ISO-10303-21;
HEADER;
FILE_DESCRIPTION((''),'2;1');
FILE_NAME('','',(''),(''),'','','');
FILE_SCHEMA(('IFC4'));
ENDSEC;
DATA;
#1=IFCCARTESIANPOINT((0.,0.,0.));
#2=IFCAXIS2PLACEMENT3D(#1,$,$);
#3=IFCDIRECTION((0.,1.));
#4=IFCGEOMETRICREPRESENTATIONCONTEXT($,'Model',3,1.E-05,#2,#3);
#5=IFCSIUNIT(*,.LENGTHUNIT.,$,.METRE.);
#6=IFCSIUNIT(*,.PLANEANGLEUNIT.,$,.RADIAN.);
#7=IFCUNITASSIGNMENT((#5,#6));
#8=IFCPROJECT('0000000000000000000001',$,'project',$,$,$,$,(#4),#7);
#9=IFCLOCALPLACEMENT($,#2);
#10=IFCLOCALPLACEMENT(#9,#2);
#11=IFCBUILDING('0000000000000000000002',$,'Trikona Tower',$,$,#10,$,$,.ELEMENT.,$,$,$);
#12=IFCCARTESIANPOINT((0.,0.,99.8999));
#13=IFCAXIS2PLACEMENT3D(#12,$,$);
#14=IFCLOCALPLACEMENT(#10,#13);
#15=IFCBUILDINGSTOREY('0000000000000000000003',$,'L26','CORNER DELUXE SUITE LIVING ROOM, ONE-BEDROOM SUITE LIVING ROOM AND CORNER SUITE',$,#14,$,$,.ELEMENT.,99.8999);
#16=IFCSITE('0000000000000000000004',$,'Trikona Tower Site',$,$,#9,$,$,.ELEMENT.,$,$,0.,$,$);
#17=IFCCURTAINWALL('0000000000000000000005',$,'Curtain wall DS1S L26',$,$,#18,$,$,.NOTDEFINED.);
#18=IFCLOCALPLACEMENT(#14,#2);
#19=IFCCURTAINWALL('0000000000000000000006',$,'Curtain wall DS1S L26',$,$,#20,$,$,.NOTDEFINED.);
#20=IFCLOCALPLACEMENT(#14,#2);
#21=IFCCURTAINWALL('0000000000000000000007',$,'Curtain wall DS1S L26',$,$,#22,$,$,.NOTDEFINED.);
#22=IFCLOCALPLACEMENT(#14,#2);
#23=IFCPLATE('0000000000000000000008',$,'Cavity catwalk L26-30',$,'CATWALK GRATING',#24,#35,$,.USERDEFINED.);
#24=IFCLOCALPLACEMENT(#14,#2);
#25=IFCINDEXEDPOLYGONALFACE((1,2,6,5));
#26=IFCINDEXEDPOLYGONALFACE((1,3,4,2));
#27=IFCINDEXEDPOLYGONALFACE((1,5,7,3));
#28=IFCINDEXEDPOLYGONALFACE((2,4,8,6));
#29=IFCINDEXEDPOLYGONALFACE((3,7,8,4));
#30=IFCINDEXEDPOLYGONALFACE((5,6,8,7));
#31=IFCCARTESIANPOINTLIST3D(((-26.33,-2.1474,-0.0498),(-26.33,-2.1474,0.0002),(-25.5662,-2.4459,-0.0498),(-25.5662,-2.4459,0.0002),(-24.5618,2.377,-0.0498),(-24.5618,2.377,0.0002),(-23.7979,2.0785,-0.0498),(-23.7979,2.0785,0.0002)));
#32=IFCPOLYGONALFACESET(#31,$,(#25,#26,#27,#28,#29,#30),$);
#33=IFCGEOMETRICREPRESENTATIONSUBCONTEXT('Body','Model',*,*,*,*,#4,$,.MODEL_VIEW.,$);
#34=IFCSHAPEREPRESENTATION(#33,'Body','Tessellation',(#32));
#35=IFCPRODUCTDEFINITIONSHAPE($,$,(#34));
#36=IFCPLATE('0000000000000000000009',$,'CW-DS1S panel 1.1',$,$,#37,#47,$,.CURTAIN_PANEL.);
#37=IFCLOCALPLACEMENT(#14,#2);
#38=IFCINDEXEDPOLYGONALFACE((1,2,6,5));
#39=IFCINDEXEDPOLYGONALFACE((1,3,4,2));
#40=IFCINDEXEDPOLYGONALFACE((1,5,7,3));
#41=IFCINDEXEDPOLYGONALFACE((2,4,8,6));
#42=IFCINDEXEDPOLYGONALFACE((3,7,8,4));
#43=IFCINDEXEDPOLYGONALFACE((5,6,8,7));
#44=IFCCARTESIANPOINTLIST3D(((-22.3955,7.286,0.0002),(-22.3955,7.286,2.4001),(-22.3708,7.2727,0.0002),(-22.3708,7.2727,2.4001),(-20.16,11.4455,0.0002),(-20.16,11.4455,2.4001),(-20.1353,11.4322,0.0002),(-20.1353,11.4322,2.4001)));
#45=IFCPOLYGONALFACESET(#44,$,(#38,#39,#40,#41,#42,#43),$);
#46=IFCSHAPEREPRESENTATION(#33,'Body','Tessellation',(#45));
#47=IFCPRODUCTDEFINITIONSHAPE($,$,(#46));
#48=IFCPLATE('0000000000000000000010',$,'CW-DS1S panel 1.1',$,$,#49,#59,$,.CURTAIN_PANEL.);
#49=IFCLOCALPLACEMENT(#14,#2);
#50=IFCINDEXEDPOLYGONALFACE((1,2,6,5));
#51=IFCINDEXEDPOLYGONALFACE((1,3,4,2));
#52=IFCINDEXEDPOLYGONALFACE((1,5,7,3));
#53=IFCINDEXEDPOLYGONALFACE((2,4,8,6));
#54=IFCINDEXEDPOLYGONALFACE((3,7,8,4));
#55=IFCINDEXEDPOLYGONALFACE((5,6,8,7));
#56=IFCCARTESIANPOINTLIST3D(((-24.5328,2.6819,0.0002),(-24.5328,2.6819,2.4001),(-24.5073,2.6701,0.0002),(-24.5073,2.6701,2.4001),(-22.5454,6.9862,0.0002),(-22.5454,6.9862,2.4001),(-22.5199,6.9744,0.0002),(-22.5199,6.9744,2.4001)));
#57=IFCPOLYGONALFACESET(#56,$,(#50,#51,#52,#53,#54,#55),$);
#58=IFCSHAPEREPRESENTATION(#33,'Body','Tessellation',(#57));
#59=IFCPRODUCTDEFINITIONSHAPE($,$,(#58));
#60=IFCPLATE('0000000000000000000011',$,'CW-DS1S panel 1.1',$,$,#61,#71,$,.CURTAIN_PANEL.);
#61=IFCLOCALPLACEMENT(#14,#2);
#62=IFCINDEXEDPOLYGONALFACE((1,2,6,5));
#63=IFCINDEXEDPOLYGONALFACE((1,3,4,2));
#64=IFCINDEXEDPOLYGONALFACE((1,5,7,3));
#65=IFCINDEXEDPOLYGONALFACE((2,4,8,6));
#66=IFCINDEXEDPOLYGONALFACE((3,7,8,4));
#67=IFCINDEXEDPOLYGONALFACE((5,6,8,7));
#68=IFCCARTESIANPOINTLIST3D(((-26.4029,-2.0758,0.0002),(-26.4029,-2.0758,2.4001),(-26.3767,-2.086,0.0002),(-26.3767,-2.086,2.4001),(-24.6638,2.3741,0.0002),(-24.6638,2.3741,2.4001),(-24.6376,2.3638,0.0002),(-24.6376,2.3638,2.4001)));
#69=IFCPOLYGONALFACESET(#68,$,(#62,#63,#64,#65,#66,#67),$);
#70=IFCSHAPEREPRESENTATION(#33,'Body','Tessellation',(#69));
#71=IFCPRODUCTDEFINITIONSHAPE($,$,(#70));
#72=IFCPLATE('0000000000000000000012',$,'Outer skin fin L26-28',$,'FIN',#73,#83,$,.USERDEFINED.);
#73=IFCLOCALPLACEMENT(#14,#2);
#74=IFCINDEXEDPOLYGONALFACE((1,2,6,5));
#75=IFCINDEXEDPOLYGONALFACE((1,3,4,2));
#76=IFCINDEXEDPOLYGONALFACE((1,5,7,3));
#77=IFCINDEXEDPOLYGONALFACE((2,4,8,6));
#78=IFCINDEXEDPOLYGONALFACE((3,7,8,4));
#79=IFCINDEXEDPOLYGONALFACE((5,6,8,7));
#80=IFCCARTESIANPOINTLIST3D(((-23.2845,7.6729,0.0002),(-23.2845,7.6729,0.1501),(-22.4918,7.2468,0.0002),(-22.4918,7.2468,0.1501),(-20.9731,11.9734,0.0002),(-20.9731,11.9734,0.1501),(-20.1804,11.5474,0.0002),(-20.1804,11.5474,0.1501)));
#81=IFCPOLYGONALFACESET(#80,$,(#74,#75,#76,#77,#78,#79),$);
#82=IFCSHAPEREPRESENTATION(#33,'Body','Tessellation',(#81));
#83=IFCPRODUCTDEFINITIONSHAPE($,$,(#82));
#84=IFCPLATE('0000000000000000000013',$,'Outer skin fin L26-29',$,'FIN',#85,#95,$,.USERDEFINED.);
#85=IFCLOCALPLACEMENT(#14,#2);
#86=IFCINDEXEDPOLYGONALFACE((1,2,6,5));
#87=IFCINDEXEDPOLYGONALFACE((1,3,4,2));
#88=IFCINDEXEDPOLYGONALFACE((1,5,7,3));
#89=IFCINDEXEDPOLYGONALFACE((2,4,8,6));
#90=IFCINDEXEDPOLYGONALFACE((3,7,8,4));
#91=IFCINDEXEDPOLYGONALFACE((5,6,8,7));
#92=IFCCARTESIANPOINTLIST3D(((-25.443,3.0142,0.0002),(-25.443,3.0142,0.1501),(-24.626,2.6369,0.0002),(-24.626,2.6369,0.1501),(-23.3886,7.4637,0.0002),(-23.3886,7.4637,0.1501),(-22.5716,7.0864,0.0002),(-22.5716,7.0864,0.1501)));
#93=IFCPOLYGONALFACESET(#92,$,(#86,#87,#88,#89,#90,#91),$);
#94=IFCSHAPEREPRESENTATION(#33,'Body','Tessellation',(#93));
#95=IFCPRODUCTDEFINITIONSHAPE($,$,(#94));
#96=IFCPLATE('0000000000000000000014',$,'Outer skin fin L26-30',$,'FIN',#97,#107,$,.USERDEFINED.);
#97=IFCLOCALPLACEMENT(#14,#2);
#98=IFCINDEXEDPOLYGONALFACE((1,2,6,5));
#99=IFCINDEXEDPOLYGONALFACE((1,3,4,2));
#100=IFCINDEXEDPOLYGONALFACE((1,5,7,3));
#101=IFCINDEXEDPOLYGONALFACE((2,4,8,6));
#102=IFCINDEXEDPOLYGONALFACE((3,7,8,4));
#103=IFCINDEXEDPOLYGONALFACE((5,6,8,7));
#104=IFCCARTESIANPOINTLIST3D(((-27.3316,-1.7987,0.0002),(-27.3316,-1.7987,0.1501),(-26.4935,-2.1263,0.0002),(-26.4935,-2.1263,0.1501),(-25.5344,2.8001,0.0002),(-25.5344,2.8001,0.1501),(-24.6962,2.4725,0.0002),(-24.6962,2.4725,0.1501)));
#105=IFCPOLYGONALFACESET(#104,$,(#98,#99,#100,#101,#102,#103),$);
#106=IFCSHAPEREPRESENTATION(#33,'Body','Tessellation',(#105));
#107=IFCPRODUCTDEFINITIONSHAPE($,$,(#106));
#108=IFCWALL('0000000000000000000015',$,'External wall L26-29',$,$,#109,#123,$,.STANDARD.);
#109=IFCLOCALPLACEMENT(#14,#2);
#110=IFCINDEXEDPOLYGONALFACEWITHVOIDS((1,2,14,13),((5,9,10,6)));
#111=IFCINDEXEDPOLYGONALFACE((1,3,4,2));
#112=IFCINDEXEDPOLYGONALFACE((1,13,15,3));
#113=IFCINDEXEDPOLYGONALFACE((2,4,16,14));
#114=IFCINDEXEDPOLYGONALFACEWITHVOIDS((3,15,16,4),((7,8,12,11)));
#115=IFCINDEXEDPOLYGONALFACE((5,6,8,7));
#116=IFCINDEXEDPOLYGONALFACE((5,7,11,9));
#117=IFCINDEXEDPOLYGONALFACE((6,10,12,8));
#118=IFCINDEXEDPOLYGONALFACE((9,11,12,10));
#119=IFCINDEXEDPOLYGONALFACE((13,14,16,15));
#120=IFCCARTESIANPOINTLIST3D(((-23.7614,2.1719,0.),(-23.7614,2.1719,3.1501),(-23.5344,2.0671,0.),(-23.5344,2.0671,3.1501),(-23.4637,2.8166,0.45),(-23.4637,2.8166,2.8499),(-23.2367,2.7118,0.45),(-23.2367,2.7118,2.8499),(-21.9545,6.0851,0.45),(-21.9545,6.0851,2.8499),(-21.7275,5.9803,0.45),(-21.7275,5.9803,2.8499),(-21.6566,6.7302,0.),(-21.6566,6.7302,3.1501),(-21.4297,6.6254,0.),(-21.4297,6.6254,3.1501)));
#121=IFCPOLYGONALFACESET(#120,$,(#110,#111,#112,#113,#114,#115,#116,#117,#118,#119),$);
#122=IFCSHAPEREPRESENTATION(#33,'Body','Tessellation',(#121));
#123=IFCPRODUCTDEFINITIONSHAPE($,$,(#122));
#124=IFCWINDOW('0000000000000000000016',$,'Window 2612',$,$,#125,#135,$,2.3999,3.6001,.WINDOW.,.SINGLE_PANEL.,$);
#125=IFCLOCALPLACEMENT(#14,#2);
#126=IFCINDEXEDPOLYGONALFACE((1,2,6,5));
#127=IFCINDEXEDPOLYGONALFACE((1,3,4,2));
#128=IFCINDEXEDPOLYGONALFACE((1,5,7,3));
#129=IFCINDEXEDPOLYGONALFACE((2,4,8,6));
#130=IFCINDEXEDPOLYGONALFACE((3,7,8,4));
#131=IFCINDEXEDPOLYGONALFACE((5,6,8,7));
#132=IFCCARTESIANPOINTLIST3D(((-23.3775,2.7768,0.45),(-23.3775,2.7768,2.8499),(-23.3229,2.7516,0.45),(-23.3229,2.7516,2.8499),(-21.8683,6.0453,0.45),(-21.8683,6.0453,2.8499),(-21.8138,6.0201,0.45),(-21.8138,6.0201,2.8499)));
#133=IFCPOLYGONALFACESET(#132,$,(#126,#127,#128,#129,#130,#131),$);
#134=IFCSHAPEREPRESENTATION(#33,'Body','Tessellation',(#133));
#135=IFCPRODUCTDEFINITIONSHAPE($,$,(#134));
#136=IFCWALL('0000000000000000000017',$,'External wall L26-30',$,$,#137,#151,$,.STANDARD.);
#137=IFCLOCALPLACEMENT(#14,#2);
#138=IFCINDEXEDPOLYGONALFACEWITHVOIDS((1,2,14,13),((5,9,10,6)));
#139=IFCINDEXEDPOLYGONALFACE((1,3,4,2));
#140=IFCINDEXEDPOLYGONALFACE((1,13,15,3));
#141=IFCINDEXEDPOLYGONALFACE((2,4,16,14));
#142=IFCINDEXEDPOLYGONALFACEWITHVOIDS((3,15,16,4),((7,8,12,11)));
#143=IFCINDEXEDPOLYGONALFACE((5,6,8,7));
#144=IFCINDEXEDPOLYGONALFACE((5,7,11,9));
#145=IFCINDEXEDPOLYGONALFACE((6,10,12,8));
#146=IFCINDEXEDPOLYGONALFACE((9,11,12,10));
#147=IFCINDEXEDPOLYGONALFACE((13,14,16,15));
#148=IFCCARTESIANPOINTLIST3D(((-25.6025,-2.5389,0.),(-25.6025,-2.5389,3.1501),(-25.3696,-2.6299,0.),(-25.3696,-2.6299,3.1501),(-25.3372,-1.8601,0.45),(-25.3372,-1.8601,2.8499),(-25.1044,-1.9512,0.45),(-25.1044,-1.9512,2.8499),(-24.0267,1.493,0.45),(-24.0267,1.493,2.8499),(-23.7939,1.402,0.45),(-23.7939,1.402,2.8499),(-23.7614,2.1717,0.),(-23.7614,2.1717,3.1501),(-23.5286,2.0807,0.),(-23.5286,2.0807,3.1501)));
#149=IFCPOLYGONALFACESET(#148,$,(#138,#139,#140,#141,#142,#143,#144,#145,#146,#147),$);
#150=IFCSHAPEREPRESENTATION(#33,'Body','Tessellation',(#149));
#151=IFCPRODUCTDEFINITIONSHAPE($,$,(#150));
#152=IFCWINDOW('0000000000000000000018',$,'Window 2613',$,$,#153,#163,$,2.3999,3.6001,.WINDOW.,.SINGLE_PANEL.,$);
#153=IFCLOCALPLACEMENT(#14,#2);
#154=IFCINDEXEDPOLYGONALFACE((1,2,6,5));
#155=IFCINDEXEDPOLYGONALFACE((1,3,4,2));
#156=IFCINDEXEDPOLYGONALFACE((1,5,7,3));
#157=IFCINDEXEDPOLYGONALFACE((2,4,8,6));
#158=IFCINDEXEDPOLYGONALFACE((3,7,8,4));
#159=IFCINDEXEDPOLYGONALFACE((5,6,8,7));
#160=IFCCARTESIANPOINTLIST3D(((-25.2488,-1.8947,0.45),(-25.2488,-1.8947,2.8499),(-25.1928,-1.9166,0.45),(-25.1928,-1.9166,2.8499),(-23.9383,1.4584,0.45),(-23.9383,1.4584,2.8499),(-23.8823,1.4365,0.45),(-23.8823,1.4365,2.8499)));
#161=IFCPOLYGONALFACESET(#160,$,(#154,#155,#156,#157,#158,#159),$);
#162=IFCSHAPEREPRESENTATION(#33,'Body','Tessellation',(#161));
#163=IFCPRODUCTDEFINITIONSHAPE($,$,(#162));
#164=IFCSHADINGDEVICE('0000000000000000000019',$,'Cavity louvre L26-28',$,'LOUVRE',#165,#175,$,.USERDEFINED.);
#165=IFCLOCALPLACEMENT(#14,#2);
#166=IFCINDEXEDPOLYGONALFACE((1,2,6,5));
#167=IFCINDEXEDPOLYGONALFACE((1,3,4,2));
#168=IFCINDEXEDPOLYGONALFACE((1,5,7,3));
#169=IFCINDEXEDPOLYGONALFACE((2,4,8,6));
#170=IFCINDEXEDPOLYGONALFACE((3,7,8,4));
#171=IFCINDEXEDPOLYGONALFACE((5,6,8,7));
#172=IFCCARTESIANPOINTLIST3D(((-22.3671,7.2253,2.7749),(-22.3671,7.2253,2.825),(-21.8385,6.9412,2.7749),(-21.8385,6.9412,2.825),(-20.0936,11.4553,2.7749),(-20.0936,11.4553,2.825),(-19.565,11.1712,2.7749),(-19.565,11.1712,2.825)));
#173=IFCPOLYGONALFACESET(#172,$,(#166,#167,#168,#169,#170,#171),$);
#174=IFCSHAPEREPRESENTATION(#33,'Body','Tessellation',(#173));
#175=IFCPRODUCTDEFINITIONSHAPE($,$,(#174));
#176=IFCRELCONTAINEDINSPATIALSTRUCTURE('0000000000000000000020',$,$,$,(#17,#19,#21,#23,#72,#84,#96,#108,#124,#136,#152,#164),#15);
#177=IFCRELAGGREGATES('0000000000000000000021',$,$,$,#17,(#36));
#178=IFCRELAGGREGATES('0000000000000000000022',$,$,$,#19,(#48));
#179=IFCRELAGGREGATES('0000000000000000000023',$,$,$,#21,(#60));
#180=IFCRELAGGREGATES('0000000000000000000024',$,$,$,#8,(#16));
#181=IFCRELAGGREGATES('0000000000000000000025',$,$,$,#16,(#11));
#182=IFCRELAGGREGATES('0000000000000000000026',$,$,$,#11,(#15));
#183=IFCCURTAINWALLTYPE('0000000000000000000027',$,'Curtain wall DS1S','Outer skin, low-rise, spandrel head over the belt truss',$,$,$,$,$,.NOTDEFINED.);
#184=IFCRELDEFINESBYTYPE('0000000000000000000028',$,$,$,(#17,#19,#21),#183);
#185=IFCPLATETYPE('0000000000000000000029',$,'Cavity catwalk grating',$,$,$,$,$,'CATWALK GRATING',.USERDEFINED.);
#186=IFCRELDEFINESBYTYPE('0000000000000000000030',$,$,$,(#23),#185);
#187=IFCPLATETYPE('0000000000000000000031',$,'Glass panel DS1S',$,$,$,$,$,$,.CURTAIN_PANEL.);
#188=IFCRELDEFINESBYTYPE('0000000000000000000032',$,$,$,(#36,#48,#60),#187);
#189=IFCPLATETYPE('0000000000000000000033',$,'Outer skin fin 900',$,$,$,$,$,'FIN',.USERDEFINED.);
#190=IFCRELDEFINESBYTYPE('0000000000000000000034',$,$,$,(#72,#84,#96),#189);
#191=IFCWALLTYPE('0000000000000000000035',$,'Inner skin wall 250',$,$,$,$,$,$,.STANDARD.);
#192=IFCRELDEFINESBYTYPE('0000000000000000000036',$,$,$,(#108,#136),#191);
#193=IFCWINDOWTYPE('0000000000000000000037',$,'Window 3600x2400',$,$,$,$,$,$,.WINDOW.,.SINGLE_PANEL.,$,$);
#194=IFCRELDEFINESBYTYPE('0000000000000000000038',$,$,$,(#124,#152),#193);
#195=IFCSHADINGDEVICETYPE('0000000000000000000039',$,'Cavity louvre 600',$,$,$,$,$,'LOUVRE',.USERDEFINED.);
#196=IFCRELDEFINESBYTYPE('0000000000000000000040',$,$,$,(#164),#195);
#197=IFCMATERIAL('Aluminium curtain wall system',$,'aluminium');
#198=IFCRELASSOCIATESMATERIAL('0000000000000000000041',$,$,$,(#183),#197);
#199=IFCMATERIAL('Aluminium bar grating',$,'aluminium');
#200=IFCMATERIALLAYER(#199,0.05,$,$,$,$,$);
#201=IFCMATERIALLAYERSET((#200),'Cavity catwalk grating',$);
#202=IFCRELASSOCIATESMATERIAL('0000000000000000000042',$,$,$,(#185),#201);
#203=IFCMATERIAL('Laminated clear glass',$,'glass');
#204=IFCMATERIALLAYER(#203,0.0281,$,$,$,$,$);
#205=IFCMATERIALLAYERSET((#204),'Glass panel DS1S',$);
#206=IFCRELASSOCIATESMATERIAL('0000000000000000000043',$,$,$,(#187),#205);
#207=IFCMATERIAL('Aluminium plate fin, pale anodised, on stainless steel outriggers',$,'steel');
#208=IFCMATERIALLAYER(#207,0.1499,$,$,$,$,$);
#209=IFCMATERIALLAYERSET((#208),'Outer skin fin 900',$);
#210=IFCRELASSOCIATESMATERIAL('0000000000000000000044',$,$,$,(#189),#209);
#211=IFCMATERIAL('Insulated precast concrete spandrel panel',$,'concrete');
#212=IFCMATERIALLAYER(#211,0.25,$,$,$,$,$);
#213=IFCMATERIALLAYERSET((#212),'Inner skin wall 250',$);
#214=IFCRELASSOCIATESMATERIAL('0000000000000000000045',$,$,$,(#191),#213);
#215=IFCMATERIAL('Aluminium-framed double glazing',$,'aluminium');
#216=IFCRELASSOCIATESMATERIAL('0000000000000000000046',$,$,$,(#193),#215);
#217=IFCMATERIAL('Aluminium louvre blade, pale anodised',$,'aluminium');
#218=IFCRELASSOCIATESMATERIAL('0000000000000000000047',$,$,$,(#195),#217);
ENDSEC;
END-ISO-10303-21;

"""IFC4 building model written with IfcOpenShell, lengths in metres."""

from ifc_helpers import new_model, si_unit, direction, frame, frame_2d, origin, origin_2d, place, context, subcontext, project, spatial, rectangle, extrude, material, layer, layer_set, type_object, element, fill, aggregate, save


model = new_model("IFC4")

# Units and contexts
model_context = context("Model", 3, precision=1e-05, world=origin(), true_north=direction((0.0, 1.0)))
body_context = subcontext(model_context, "Body", "Model", "MODEL_VIEW")
ifc_project = project(units=[si_unit("LENGTHUNIT", "METRE"), si_unit("PLANEANGLEUNIT", "RADIAN")], contexts=[model_context])

# Site, building, storey
site_placement = place(None, origin())
site = spatial("IfcSite", under=ifc_project, at=site_placement, Name="Trikona Tower Site", CompositionType="ELEMENT", RefElevation=0.0)
building_placement = place(site_placement, origin())
building = spatial("IfcBuilding", under=site, at=building_placement, Name="Trikona Tower", CompositionType="ELEMENT")
storey_placement = place(building_placement, frame((0.0, 0.0, 99.8999)))
storey = spatial("IfcBuildingStorey", under=building, at=storey_placement, Name="L26", Description="CORNER DELUXE SUITE LIVING ROOM, ONE-BEDROOM SUITE LIVING ROOM AND CORNER SUITE", CompositionType="ELEMENT", Elevation=99.8999)

# Curtain walls
ifc_material_1 = material(Name="Aluminium curtain wall system", Category="aluminium")
curtain_wall_type = type_object("IfcCurtainWallType", Name="Curtain wall DS1S", Description="Outer skin, low-rise, spandrel head over the belt truss", PredefinedType="NOTDEFINED", material=ifc_material_1)
curtain_wall_1_placement = place(storey_placement, origin())
curtain_wall_1 = element("IfcCurtainWall", 1, at=curtain_wall_1_placement, inside=storey, type_object=curtain_wall_type, Name="Curtain wall DS1S L26", PredefinedType="NOTDEFINED")
curtain_wall_2_placement = place(storey_placement, origin())
curtain_wall_2 = element("IfcCurtainWall", 2, at=curtain_wall_2_placement, inside=storey, type_object=curtain_wall_type, Name="Curtain wall DS1S L26", PredefinedType="NOTDEFINED")

# Curtain wall
curtain_wall_3_placement = place(storey_placement, origin())
curtain_wall_3 = element("IfcCurtainWall", 3, at=curtain_wall_3_placement, inside=storey, type_object=curtain_wall_type, Name="Curtain wall DS1S L26", PredefinedType="NOTDEFINED")

# Plate
ifc_material_2 = material(Name="Aluminium bar grating", Category="aluminium")
ifc_layer_1 = layer(ifc_material_2, 0.05)
ifc_layer_set_1 = layer_set([ifc_layer_1], Name="Cavity catwalk grating")
plate_type_1 = type_object("IfcPlateType", Name="Cavity catwalk grating", ElementType="CATWALK GRATING", PredefinedType="USERDEFINED", material=ifc_layer_set_1)
plate_1_placement = place(storey_placement, frame((-25.064, -0.0344, -0.0498), z_axis=(0.0, 0.0, 1.0), x_axis=(-0.364009, -0.931395, 0.0)))
element("IfcPlate", 4, at=plate_1_placement, inside=storey, type_object=plate_type_1, Name="Cavity catwalk L26-30", ObjectType="CATWALK GRATING", PredefinedType="USERDEFINED", context=body_context, shape_type="SweptSolid", body=[
    extrude(rectangle(XDim=4.8577, YDim=0.8201, at=origin_2d()), origin(), (0.0, 0.0, 1.0), 0.05),
])

# Plates
ifc_material_3 = material(Name="Laminated clear glass", Category="glass")
ifc_layer_2 = layer(ifc_material_3, 0.0281)
ifc_layer_set_2 = layer_set([ifc_layer_2], Name="Glass panel DS1S")
plate_type_2 = type_object("IfcPlateType", Name="Glass panel DS1S", PredefinedType="CURTAIN_PANEL", material=ifc_layer_set_2)
plate_2_placement = place(storey_placement, frame((-21.2654, 9.3591, 0.0002), z_axis=(0.0, 0.0, 1.0), x_axis=(-0.473408, -0.880843, 0.0)))
plate_2 = element("IfcPlate", 5, at=plate_2_placement, type_object=plate_type_2, Name="CW-DS1S panel 1.1", PredefinedType="CURTAIN_PANEL", context=body_context, shape_type="SweptSolid", body=[
    extrude(rectangle(XDim=4.7222, YDim=0.0281, at=origin_2d()), origin(), (0.0, 0.0, 1.0), 2.3999),
])
aggregate(curtain_wall_1, [plate_2])
plate_3_placement = place(storey_placement, frame((-23.5264, 4.8281, 0.0002), z_axis=(0.0, 0.0, 1.0), x_axis=(-0.41919, -0.907898, 0.0)))
plate_3 = element("IfcPlate", 6, at=plate_3_placement, type_object=plate_type_2, Name="CW-DS1S panel 1.1", PredefinedType="CURTAIN_PANEL", context=body_context, shape_type="SweptSolid", body=[
    extrude(rectangle(XDim=4.741, YDim=0.0281, at=origin_2d()), origin(), (0.0, 0.0, 1.0), 2.3999),
])
aggregate(curtain_wall_2, [plate_3])
plate_4_placement = place(storey_placement, frame((-25.5203, 0.144, 0.0002), z_axis=(0.0, 0.0, 1.0), x_axis=(-0.364008, -0.931396, 0.0)))
plate_4 = element("IfcPlate", 7, at=plate_4_placement, type_object=plate_type_2, Name="CW-DS1S panel 1.1", PredefinedType="CURTAIN_PANEL", context=body_context, shape_type="SweptSolid", body=[
    extrude(rectangle(XDim=4.7776, YDim=0.0281, at=origin_2d()), origin(), (0.0, 0.0, 1.0), 2.3999),
])
aggregate(curtain_wall_3, [plate_4])

# Plates
ifc_material_4 = material(Name="Aluminium plate fin, pale anodised, on stainless steel outriggers", Category="steel")
ifc_layer_3 = layer(ifc_material_4, 0.1499)
ifc_layer_set_3 = layer_set([ifc_layer_3], Name="Outer skin fin 900")
plate_type_3 = type_object("IfcPlateType", Name="Outer skin fin 900", ElementType="FIN", PredefinedType="USERDEFINED", material=ifc_layer_set_3)
plate_5_placement = place(storey_placement, frame((-21.7324, 9.6101, 0.0002), z_axis=(0.0, 0.0, 1.0), x_axis=(-0.473423, -0.880835, 0.0)))
element("IfcPlate", 8, at=plate_5_placement, inside=storey, type_object=plate_type_3, Name="Outer skin fin L26-28", ObjectType="FIN", PredefinedType="USERDEFINED", context=body_context, shape_type="SweptSolid", body=[
    extrude(rectangle(XDim=4.8823, YDim=0.8999, at=origin_2d()), origin(), (0.0, 0.0, 1.0), 0.1499),
])
plate_6_placement = place(storey_placement, frame((-24.0073, 5.0503, 0.0002), z_axis=(0.0, 0.0, 1.0), x_axis=(-0.419194, -0.907897, 0.0)))
element("IfcPlate", 9, at=plate_6_placement, inside=storey, type_object=plate_type_3, Name="Outer skin fin L26-29", ObjectType="FIN", PredefinedType="USERDEFINED", context=body_context, shape_type="SweptSolid", body=[
    extrude(rectangle(XDim=4.9009, YDim=0.8999, at=origin_2d()), origin(), (0.0, 0.0, 1.0), 0.1499),
])
plate_7_placement = place(storey_placement, frame((-26.0139, 0.3369, 0.0002), z_axis=(0.0, 0.0, 1.0), x_axis=(-0.364009, -0.931395, 0.0)))
element("IfcPlate", 10, at=plate_7_placement, inside=storey, type_object=plate_type_3, Name="Outer skin fin L26-30", ObjectType="FIN", PredefinedType="USERDEFINED", context=body_context, shape_type="SweptSolid", body=[
    extrude(rectangle(XDim=4.9375, YDim=0.8999, at=origin_2d()), origin(), (0.0, 0.0, 1.0), 0.1499),
])

# Walls, openings, windows
ifc_material_5 = material(Name="Insulated precast concrete spandrel panel", Category="concrete")
ifc_layer_4 = layer(ifc_material_5, 0.25)
ifc_layer_set_4 = layer_set([ifc_layer_4], Name="Inner skin wall 250")
wall_type = type_object("IfcWallType", Name="Inner skin wall 250", PredefinedType="STANDARD", material=ifc_layer_set_4)
wall_1_placement = place(storey_placement, frame((-21.5432, 6.6777, 0.0), z_axis=(0.0, 0.0, 1.0), x_axis=(-0.419203, -0.907892, 0.0)))
wall_1 = element("IfcWall", 11, at=wall_1_placement, inside=storey, type_object=wall_type, Name="External wall L26-29", PredefinedType="STANDARD", context=body_context, shape_type="SweptSolid", body=[
    extrude(rectangle(XDim=5.0208, YDim=0.25, at=frame_2d((2.5103, 0.0))), origin(), (0.0, 0.0, 1.0), 3.1501),
])
opening_1_placement = place(wall_1_placement, frame((0.7104, 0.0, 0.45)))
opening_1 = element("IfcOpeningElement", 12, at=opening_1_placement, cuts=wall_1, PredefinedType="OPENING", context=body_context, shape_type="SweptSolid", body=[
    extrude(rectangle(XDim=3.6001, YDim=2.3999, at=frame_2d((1.8, 1.2))), frame((0.0, 0.135, 0.0), z_axis=(0.0, -1.0, 0.0), x_axis=(1.0, 0.0, 0.0)), (0.0, 0.0, 1.0), 0.27),
])
ifc_material_6 = material(Name="Aluminium-framed double glazing", Category="aluminium")
window_type = type_object("IfcWindowType", Name="Window 3600x2400", PartitioningType="SINGLE_PANEL", PredefinedType="WINDOW", material=ifc_material_6)
window_1_placement = place(opening_1_placement, origin())
window_1 = element("IfcWindow", 13, at=window_1_placement, inside=storey, type_object=window_type, Name="Window 2612", OverallHeight=2.3999, OverallWidth=3.6001, PartitioningType="SINGLE_PANEL", PredefinedType="WINDOW", context=body_context, shape_type="SweptSolid", body=[
    extrude(rectangle(XDim=3.6001, YDim=2.3999, at=frame_2d((1.8, 1.2))), frame((0.0, 0.03, 0.0), z_axis=(0.0, -1.0, 0.0), x_axis=(1.0, 0.0, 0.0)), (0.0, 0.0, 1.0), 0.0601),
])
fill(opening_1, window_1)
wall_2_placement = place(storey_placement, frame((-23.645, 2.1262, 0.0), z_axis=(0.0, 0.0, 1.0), x_axis=(-0.364013, -0.931394, 0.0)))
wall_2 = element("IfcWall", 14, at=wall_2_placement, inside=storey, type_object=wall_type, Name="External wall L26-30", PredefinedType="STANDARD", context=body_context, shape_type="SweptSolid", body=[
    extrude(rectangle(XDim=5.0576, YDim=0.25, at=frame_2d((2.5288, 0.0))), origin(), (0.0, 0.0, 1.0), 3.1501),
])
opening_2_placement = place(wall_2_placement, frame((0.7288, 0.0, 0.45)))
opening_2 = element("IfcOpeningElement", 15, at=opening_2_placement, cuts=wall_2, PredefinedType="OPENING", context=body_context, shape_type="SweptSolid", body=[
    extrude(rectangle(XDim=3.6001, YDim=2.3999, at=frame_2d((1.8, 1.2))), frame((0.0, 0.135, 0.0), z_axis=(0.0, -1.0, 0.0), x_axis=(1.0, 0.0, 0.0)), (0.0, 0.0, 1.0), 0.27),
])
window_2_placement = place(opening_2_placement, origin())
window_2 = element("IfcWindow", 16, at=window_2_placement, inside=storey, type_object=window_type, Name="Window 2613", OverallHeight=2.3999, OverallWidth=3.6001, PartitioningType="SINGLE_PANEL", PredefinedType="WINDOW", context=body_context, shape_type="SweptSolid", body=[
    extrude(rectangle(XDim=3.6001, YDim=2.3999, at=frame_2d((1.8, 1.2))), frame((0.0, 0.03, 0.0), z_axis=(0.0, -1.0, 0.0), x_axis=(1.0, 0.0, 0.0)), (0.0, 0.0, 1.0), 0.0601),
])
fill(opening_2, window_2)

# Shading device
ifc_material_7 = material(Name="Aluminium louvre blade, pale anodised", Category="aluminium")
shading_device_type = type_object("IfcShadingDeviceType", Name="Cavity louvre 600", ElementType="LOUVRE", PredefinedType="USERDEFINED", material=ifc_material_7)
shading_device_1_placement = place(storey_placement, frame((-20.9661, 9.1982, 2.7749), z_axis=(0.0, 0.0, 1.0), x_axis=(-0.473423, -0.880835, 0.0)))
element("IfcShadingDevice", 17, at=shading_device_1_placement, inside=storey, type_object=shading_device_type, Name="Cavity louvre L26-28", ObjectType="LOUVRE", PredefinedType="USERDEFINED", context=body_context, shape_type="SweptSolid", body=[
    extrude(rectangle(XDim=4.8022, YDim=0.6001, at=origin_2d()), origin(), (0.0, 0.0, 1.0), 0.05),
])

save(model, "model.ifc")
